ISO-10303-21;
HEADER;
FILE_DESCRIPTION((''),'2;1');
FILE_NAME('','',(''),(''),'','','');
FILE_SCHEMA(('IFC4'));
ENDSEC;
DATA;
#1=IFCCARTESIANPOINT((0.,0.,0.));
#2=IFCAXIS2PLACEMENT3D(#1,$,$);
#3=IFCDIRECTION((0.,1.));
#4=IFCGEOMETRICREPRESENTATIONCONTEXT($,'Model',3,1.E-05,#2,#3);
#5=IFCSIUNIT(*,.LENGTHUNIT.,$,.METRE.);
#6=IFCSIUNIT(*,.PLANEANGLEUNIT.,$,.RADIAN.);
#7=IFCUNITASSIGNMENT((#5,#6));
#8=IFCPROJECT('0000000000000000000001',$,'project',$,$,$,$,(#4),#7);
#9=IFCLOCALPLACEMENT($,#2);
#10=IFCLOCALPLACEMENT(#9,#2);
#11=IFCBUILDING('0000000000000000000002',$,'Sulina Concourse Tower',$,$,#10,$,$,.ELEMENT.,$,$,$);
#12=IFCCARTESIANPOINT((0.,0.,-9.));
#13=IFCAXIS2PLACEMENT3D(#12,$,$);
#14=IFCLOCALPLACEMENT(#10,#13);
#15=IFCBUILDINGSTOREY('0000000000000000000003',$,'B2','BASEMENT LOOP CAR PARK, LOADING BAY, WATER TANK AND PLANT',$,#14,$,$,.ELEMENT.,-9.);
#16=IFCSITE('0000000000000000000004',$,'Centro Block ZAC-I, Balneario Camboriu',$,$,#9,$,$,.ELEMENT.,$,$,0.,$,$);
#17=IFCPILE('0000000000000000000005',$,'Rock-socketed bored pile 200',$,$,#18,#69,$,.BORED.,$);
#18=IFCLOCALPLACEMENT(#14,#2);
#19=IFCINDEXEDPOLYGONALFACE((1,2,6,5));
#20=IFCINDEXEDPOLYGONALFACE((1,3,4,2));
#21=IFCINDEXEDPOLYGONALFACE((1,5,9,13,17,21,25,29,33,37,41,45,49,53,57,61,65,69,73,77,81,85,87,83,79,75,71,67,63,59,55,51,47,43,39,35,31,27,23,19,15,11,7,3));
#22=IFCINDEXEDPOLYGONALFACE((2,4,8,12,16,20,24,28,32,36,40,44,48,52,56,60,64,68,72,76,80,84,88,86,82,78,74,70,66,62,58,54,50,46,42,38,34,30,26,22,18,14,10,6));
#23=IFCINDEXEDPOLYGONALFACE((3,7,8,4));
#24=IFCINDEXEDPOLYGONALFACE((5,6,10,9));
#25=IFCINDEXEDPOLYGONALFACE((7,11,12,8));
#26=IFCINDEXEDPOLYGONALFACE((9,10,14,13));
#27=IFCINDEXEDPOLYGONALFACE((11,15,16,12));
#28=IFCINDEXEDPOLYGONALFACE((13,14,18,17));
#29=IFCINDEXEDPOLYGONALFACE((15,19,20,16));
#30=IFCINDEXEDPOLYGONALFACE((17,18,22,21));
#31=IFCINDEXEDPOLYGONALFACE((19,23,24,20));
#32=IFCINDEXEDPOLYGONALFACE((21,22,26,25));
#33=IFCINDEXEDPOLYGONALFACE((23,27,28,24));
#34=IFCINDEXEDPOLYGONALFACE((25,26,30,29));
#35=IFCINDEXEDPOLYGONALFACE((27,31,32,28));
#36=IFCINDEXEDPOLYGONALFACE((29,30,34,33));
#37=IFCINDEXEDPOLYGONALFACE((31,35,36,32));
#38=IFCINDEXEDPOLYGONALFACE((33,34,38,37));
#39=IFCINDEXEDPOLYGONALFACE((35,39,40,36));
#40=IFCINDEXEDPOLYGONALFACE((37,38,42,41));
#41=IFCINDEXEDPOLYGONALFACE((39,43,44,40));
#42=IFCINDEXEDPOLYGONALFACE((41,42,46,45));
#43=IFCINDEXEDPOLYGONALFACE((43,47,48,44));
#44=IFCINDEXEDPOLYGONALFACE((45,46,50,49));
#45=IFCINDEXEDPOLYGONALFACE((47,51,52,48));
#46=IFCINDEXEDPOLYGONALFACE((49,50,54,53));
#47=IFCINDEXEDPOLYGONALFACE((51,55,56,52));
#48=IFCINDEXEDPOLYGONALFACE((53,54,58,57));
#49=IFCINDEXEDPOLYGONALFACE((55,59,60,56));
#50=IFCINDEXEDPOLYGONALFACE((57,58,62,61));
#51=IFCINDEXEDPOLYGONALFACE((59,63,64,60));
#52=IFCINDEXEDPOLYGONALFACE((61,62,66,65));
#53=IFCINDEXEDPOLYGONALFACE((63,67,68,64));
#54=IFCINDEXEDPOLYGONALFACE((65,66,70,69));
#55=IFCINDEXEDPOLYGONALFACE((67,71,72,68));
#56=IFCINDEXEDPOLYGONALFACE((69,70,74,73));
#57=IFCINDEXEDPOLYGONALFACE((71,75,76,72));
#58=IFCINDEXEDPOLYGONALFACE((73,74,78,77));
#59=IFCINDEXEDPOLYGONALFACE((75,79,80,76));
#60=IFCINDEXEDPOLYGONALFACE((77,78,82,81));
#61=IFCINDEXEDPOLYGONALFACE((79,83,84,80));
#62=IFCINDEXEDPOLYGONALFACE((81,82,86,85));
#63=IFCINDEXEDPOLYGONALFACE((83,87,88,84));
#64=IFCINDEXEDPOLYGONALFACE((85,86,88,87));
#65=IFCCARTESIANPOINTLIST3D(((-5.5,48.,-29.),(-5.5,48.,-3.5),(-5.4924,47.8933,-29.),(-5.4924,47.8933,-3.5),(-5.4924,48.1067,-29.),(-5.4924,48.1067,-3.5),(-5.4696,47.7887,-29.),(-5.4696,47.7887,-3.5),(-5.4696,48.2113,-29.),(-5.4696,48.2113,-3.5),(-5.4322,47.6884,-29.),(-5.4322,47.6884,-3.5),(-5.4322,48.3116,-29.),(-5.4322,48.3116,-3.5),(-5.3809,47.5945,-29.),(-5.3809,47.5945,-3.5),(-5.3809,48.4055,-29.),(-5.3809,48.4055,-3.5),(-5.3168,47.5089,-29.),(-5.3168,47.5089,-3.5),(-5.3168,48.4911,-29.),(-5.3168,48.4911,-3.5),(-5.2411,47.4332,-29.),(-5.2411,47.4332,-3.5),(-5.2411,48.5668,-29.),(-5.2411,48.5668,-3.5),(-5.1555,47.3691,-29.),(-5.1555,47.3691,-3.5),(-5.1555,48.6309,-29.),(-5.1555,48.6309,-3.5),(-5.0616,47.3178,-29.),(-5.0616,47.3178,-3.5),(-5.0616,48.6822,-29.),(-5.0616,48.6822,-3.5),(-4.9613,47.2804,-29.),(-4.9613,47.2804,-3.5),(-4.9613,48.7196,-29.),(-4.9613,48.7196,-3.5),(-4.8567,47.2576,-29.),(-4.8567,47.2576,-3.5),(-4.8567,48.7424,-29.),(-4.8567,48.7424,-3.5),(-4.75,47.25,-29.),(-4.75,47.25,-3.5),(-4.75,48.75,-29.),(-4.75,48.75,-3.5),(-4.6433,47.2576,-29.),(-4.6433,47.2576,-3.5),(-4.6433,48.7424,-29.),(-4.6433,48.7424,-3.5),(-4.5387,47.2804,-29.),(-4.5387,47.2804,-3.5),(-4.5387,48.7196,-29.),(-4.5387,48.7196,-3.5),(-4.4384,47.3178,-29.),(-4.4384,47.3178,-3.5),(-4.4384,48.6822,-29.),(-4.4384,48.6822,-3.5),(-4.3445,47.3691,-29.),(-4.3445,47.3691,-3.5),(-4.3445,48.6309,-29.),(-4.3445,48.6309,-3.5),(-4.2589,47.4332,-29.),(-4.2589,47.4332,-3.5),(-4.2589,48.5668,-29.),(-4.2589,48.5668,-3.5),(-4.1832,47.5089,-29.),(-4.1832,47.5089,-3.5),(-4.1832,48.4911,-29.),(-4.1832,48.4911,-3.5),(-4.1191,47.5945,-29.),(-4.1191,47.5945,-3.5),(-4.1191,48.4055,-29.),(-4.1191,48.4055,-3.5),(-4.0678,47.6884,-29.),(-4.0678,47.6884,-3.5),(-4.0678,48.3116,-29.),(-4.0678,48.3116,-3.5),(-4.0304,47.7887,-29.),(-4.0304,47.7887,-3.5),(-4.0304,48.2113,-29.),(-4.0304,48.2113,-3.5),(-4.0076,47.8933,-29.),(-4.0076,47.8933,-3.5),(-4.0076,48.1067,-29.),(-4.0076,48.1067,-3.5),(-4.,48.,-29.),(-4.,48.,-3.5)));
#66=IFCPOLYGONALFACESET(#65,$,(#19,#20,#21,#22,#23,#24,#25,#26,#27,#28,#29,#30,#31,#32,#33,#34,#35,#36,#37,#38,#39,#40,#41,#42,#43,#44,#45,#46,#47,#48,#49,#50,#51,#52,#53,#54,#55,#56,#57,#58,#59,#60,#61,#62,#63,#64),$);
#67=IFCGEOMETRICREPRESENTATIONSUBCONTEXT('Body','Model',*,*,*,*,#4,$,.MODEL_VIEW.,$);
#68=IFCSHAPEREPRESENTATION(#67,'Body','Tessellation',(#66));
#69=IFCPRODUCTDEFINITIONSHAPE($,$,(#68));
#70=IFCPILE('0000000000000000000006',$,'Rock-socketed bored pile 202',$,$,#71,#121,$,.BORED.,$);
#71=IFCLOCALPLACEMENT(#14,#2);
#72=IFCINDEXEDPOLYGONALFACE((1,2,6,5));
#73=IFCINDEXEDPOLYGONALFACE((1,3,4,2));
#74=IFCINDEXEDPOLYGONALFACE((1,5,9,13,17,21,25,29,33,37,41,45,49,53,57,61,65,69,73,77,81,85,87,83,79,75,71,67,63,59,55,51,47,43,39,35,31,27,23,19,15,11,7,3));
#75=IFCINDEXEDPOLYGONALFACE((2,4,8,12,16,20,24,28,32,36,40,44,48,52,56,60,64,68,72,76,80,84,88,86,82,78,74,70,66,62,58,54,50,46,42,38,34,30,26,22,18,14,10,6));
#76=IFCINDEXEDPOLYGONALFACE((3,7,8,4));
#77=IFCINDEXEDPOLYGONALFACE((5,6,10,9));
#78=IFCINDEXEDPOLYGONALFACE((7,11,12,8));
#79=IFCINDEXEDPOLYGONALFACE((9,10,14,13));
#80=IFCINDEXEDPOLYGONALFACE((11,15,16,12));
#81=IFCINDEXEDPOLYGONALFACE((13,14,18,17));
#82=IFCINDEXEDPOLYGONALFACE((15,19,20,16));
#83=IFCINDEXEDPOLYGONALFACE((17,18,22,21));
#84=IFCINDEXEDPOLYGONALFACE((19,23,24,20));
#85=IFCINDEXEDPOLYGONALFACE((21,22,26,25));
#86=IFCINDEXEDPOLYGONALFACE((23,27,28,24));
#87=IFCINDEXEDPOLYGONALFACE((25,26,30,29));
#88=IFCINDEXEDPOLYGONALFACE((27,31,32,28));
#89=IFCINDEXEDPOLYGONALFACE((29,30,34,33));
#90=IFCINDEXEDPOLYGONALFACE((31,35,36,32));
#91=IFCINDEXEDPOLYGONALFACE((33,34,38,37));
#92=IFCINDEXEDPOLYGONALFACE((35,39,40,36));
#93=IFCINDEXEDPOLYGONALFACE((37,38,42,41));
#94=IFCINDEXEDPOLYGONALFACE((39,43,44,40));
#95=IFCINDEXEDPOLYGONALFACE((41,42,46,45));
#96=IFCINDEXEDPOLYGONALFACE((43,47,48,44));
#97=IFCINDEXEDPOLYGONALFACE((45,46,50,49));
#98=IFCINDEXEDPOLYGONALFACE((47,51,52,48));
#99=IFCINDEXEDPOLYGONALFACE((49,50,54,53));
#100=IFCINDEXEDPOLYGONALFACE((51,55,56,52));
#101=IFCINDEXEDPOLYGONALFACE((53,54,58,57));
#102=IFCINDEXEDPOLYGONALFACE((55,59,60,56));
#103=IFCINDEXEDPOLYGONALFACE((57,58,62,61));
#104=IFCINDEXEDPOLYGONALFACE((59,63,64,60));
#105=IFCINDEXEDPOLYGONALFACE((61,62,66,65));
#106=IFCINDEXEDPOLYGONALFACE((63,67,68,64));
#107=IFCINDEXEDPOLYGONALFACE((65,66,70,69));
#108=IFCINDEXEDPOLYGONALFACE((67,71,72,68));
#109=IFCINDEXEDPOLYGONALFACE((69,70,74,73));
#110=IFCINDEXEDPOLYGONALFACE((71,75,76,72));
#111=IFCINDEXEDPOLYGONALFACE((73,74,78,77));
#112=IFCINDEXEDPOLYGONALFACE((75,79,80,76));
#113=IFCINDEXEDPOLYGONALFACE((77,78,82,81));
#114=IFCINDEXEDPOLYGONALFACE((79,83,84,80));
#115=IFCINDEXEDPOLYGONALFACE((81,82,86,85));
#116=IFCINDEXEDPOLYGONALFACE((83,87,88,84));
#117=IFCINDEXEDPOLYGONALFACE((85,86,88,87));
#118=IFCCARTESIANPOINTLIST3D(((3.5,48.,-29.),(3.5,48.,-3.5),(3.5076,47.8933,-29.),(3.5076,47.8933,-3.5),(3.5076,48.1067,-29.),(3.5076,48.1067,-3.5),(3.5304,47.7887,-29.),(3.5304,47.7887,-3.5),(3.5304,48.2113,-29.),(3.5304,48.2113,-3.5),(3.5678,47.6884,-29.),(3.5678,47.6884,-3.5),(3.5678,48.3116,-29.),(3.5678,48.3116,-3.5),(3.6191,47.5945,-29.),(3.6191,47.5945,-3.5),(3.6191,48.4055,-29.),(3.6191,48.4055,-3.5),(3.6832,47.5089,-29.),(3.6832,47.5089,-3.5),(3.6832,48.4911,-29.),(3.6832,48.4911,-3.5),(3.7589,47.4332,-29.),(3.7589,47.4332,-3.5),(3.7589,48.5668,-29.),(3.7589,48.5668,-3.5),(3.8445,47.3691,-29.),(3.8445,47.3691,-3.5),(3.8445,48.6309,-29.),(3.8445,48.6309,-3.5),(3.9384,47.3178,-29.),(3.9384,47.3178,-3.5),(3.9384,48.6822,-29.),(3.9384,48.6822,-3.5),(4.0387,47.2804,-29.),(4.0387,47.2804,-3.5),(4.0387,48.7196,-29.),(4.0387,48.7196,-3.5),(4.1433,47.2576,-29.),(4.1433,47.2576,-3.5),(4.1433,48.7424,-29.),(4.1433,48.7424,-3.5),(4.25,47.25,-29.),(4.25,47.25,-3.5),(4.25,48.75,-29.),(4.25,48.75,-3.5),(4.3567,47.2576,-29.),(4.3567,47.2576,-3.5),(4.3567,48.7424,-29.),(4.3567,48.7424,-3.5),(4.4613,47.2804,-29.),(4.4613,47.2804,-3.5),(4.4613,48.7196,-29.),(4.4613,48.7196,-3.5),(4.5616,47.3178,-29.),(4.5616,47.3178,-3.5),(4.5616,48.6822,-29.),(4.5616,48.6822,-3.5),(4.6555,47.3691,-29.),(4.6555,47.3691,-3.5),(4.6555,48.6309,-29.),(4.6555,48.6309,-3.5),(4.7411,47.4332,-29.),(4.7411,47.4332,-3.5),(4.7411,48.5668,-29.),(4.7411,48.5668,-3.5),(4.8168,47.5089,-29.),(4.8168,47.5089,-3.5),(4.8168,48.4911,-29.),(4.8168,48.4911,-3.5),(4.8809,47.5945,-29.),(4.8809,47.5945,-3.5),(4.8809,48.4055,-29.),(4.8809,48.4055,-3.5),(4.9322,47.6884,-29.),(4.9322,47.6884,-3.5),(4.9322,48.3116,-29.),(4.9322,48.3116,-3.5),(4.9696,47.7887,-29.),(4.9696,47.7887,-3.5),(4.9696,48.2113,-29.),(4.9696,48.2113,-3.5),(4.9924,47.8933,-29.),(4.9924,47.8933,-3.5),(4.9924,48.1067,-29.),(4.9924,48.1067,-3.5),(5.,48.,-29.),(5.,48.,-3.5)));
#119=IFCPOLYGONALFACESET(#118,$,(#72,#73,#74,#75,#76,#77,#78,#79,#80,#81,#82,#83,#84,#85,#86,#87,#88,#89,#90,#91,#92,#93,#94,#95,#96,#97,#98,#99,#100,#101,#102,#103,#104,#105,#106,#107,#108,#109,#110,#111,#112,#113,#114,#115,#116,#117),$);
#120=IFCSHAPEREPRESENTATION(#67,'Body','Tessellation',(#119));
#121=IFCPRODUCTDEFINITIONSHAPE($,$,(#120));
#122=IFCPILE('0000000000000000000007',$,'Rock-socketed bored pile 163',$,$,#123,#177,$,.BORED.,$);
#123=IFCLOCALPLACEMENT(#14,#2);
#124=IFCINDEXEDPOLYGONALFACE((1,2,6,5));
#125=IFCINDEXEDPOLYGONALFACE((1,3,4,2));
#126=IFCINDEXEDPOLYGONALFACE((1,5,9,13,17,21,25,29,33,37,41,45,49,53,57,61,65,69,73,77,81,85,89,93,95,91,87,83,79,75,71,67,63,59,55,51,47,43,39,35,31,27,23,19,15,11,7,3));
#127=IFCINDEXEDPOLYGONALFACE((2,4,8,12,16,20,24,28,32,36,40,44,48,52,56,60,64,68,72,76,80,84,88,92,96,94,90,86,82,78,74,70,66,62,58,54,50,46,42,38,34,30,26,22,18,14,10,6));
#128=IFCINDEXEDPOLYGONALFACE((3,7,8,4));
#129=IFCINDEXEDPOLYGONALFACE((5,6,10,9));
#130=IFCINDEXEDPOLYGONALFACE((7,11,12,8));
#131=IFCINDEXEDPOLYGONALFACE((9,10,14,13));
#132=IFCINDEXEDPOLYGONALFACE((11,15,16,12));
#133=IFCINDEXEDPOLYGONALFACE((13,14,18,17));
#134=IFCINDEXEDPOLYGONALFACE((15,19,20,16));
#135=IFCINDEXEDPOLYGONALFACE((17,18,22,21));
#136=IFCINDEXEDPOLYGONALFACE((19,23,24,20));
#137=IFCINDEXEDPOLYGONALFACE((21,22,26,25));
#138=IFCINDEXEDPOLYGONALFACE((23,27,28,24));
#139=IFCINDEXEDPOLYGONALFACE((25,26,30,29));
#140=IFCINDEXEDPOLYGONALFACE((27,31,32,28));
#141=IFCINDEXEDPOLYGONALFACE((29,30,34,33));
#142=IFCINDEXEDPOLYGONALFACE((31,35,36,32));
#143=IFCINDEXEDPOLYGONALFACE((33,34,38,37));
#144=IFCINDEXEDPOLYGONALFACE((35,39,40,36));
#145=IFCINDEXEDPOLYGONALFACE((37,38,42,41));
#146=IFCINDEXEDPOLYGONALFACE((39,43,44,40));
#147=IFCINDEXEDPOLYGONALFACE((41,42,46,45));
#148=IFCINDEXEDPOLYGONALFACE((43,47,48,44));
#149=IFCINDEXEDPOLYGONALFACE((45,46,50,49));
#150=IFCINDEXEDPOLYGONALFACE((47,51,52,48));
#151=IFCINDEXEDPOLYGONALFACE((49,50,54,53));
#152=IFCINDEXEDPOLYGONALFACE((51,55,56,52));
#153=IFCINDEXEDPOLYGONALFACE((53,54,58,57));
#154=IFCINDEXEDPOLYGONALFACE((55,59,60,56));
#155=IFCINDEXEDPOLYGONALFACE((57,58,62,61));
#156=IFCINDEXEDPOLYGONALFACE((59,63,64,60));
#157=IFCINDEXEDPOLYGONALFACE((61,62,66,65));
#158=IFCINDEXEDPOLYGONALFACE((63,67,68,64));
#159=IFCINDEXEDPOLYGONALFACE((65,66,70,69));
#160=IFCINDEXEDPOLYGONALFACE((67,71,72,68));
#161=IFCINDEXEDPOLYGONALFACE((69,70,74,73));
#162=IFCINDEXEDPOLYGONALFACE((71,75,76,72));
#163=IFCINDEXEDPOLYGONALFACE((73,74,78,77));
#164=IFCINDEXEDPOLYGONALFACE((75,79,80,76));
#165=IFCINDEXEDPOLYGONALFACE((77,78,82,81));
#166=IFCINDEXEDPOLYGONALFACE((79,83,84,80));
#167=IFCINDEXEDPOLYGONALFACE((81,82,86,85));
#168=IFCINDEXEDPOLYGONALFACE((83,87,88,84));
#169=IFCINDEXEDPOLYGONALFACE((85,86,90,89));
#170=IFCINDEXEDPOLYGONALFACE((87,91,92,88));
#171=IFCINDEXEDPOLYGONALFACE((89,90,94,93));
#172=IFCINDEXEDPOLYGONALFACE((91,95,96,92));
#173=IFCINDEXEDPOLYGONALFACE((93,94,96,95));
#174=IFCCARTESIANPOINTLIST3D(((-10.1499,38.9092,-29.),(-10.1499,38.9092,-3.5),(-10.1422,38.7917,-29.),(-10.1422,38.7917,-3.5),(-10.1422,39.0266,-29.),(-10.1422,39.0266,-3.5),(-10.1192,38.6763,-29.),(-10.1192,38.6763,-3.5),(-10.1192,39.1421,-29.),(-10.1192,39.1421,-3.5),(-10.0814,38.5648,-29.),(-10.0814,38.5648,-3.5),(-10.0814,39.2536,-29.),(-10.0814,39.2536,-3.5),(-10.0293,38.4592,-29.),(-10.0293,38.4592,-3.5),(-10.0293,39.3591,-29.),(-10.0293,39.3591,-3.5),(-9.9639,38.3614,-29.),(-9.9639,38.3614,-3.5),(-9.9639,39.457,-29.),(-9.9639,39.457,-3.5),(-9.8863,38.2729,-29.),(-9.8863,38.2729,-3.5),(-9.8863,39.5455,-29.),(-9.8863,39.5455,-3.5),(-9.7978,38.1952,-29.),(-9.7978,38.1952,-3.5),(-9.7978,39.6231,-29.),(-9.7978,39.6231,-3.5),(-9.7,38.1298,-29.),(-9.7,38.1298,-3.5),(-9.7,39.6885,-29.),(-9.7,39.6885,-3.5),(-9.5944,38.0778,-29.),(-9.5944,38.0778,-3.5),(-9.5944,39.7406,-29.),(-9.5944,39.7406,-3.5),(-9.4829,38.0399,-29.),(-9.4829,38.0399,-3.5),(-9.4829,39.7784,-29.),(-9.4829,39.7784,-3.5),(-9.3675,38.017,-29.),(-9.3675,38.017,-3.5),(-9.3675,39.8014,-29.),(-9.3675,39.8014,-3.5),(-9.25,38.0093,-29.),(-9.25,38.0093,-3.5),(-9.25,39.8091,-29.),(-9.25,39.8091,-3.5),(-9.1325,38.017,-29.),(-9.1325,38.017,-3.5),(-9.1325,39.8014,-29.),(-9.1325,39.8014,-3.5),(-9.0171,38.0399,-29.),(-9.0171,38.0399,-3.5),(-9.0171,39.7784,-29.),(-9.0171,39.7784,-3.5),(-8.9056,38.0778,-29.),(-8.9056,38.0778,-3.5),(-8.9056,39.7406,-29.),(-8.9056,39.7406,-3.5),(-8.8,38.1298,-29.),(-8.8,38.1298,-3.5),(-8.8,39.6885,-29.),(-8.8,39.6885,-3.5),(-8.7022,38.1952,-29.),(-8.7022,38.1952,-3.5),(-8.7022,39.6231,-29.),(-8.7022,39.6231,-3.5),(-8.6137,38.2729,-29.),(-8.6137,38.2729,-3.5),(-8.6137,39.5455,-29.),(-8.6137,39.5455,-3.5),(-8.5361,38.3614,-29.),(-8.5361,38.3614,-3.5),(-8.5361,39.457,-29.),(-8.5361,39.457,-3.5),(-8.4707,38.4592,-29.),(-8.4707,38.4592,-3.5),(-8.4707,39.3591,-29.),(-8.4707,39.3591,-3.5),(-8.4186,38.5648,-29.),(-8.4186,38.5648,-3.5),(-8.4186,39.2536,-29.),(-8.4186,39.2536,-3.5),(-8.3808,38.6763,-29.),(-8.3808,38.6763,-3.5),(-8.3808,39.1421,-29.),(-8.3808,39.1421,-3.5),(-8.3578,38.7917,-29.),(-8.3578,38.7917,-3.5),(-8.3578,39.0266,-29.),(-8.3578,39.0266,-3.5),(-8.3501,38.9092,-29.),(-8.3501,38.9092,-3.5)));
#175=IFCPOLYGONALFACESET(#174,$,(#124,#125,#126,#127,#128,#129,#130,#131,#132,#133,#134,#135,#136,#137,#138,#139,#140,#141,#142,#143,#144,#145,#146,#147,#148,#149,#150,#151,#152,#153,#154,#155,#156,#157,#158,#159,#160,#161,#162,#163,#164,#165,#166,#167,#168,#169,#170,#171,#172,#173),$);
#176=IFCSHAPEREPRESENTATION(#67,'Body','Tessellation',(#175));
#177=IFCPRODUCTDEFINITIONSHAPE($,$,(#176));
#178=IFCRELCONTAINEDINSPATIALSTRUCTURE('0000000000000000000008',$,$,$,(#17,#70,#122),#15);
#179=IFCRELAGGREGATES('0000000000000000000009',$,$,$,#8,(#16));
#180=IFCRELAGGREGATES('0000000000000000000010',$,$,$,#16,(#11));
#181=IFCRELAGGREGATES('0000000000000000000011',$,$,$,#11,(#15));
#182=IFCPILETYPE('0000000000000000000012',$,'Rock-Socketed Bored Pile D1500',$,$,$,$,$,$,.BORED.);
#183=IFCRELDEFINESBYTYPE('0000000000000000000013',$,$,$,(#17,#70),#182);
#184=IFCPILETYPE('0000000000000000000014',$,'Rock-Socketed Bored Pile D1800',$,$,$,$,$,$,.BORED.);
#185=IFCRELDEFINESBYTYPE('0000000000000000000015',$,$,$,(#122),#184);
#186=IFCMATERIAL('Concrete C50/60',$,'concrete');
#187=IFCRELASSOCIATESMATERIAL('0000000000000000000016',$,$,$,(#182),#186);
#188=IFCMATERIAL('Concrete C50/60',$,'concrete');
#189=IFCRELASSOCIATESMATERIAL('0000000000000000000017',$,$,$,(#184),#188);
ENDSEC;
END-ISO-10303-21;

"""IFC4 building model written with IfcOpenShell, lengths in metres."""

from ifc_helpers import new_model, si_unit, direction, frame, origin, origin_2d, place, context, subcontext, project, spatial, circle, extrude, material, material_profile, profile_set, type_object, element, save


model = new_model("IFC4")

# Units and contexts
model_context = context("Model", 3, precision=1e-05, world=origin(), true_north=direction((0.0, 1.0)))
body_context = subcontext(model_context, "Body", "Model", "MODEL_VIEW")
ifc_project = project(units=[si_unit("LENGTHUNIT", "METRE"), si_unit("PLANEANGLEUNIT", "RADIAN")], contexts=[model_context])

# Site, building, storey
site_placement = place(None, origin())
site = spatial("IfcSite", under=ifc_project, at=site_placement, Name="Centro Block ZAC-I, Balneario Camboriu", CompositionType="ELEMENT", RefElevation=0.0)
building_placement = place(site_placement, origin())
building = spatial("IfcBuilding", under=site, at=building_placement, Name="Sulina Concourse Tower", CompositionType="ELEMENT")
storey_placement = place(building_placement, frame((0.0, 0.0, -9.0)))
storey = spatial("IfcBuildingStorey", under=building, at=storey_placement, Name="B2", Description="BASEMENT LOOP CAR PARK, LOADING BAY, WATER TANK AND PLANT", CompositionType="ELEMENT", Elevation=-9.0)

# Piles
ifc_material_1 = material(Name="Concrete C50/60", Category="concrete")
ifc_material_profile_1 = material_profile(ifc_material_1, circle(Radius=0.75, at=origin_2d()), Name="PILE D1500")
ifc_profile_set_1 = profile_set([ifc_material_profile_1], Name="Concrete C50/60")
pile_type_1 = type_object("IfcPileType", Name="Rock-Socketed Bored Pile D1500", PredefinedType="BORED", material=ifc_profile_set_1)
for number, where, z_axis, x_axis, name in (
    (1, (-4.75, 48.0, -3.5), (0.0, 0.0, -1.0), (1.0, 0.0, 0.0), "Rock-socketed bored pile 200"),
    (2, (4.25, 48.0, -3.5), (0.0, 0.0, -1.0), (1.0, 0.0, 0.0), "Rock-socketed bored pile 202"),
):
    element("IfcPile", number, at=place(storey_placement, frame(where, z_axis=z_axis, x_axis=x_axis)), inside=storey, type_object=pile_type_1, Name=name, PredefinedType="BORED", context=body_context, shape_type="SweptSolid", body=[
        extrude(circle(Radius=0.75, at=origin_2d()), origin(), (0.0, 0.0, 1.0), 25.5),
    ])
ifc_material_2 = material(Name="Concrete C50/60", Category="concrete")
ifc_material_profile_2 = material_profile(ifc_material_2, circle(Radius=0.8999, at=origin_2d()), Name="PILE D1800")
ifc_profile_set_2 = profile_set([ifc_material_profile_2], Name="Concrete C50/60")
pile_type_2 = type_object("IfcPileType", Name="Rock-Socketed Bored Pile D1800", PredefinedType="BORED", material=ifc_profile_set_2)
for number, where, z_axis, x_axis, name in (
    (3, (-9.25, 38.9092, -3.5), (0.0, 0.0, -1.0), (1.0, 0.0, 0.0), "Rock-socketed bored pile 163"),
):
    element("IfcPile", number, at=place(storey_placement, frame(where, z_axis=z_axis, x_axis=x_axis)), inside=storey, type_object=pile_type_2, Name=name, PredefinedType="BORED", context=body_context, shape_type="SweptSolid", body=[
        extrude(circle(Radius=0.8999, at=origin_2d()), origin(), (0.0, 0.0, 1.0), 25.5),
    ])

save(model, "model.ifc")
